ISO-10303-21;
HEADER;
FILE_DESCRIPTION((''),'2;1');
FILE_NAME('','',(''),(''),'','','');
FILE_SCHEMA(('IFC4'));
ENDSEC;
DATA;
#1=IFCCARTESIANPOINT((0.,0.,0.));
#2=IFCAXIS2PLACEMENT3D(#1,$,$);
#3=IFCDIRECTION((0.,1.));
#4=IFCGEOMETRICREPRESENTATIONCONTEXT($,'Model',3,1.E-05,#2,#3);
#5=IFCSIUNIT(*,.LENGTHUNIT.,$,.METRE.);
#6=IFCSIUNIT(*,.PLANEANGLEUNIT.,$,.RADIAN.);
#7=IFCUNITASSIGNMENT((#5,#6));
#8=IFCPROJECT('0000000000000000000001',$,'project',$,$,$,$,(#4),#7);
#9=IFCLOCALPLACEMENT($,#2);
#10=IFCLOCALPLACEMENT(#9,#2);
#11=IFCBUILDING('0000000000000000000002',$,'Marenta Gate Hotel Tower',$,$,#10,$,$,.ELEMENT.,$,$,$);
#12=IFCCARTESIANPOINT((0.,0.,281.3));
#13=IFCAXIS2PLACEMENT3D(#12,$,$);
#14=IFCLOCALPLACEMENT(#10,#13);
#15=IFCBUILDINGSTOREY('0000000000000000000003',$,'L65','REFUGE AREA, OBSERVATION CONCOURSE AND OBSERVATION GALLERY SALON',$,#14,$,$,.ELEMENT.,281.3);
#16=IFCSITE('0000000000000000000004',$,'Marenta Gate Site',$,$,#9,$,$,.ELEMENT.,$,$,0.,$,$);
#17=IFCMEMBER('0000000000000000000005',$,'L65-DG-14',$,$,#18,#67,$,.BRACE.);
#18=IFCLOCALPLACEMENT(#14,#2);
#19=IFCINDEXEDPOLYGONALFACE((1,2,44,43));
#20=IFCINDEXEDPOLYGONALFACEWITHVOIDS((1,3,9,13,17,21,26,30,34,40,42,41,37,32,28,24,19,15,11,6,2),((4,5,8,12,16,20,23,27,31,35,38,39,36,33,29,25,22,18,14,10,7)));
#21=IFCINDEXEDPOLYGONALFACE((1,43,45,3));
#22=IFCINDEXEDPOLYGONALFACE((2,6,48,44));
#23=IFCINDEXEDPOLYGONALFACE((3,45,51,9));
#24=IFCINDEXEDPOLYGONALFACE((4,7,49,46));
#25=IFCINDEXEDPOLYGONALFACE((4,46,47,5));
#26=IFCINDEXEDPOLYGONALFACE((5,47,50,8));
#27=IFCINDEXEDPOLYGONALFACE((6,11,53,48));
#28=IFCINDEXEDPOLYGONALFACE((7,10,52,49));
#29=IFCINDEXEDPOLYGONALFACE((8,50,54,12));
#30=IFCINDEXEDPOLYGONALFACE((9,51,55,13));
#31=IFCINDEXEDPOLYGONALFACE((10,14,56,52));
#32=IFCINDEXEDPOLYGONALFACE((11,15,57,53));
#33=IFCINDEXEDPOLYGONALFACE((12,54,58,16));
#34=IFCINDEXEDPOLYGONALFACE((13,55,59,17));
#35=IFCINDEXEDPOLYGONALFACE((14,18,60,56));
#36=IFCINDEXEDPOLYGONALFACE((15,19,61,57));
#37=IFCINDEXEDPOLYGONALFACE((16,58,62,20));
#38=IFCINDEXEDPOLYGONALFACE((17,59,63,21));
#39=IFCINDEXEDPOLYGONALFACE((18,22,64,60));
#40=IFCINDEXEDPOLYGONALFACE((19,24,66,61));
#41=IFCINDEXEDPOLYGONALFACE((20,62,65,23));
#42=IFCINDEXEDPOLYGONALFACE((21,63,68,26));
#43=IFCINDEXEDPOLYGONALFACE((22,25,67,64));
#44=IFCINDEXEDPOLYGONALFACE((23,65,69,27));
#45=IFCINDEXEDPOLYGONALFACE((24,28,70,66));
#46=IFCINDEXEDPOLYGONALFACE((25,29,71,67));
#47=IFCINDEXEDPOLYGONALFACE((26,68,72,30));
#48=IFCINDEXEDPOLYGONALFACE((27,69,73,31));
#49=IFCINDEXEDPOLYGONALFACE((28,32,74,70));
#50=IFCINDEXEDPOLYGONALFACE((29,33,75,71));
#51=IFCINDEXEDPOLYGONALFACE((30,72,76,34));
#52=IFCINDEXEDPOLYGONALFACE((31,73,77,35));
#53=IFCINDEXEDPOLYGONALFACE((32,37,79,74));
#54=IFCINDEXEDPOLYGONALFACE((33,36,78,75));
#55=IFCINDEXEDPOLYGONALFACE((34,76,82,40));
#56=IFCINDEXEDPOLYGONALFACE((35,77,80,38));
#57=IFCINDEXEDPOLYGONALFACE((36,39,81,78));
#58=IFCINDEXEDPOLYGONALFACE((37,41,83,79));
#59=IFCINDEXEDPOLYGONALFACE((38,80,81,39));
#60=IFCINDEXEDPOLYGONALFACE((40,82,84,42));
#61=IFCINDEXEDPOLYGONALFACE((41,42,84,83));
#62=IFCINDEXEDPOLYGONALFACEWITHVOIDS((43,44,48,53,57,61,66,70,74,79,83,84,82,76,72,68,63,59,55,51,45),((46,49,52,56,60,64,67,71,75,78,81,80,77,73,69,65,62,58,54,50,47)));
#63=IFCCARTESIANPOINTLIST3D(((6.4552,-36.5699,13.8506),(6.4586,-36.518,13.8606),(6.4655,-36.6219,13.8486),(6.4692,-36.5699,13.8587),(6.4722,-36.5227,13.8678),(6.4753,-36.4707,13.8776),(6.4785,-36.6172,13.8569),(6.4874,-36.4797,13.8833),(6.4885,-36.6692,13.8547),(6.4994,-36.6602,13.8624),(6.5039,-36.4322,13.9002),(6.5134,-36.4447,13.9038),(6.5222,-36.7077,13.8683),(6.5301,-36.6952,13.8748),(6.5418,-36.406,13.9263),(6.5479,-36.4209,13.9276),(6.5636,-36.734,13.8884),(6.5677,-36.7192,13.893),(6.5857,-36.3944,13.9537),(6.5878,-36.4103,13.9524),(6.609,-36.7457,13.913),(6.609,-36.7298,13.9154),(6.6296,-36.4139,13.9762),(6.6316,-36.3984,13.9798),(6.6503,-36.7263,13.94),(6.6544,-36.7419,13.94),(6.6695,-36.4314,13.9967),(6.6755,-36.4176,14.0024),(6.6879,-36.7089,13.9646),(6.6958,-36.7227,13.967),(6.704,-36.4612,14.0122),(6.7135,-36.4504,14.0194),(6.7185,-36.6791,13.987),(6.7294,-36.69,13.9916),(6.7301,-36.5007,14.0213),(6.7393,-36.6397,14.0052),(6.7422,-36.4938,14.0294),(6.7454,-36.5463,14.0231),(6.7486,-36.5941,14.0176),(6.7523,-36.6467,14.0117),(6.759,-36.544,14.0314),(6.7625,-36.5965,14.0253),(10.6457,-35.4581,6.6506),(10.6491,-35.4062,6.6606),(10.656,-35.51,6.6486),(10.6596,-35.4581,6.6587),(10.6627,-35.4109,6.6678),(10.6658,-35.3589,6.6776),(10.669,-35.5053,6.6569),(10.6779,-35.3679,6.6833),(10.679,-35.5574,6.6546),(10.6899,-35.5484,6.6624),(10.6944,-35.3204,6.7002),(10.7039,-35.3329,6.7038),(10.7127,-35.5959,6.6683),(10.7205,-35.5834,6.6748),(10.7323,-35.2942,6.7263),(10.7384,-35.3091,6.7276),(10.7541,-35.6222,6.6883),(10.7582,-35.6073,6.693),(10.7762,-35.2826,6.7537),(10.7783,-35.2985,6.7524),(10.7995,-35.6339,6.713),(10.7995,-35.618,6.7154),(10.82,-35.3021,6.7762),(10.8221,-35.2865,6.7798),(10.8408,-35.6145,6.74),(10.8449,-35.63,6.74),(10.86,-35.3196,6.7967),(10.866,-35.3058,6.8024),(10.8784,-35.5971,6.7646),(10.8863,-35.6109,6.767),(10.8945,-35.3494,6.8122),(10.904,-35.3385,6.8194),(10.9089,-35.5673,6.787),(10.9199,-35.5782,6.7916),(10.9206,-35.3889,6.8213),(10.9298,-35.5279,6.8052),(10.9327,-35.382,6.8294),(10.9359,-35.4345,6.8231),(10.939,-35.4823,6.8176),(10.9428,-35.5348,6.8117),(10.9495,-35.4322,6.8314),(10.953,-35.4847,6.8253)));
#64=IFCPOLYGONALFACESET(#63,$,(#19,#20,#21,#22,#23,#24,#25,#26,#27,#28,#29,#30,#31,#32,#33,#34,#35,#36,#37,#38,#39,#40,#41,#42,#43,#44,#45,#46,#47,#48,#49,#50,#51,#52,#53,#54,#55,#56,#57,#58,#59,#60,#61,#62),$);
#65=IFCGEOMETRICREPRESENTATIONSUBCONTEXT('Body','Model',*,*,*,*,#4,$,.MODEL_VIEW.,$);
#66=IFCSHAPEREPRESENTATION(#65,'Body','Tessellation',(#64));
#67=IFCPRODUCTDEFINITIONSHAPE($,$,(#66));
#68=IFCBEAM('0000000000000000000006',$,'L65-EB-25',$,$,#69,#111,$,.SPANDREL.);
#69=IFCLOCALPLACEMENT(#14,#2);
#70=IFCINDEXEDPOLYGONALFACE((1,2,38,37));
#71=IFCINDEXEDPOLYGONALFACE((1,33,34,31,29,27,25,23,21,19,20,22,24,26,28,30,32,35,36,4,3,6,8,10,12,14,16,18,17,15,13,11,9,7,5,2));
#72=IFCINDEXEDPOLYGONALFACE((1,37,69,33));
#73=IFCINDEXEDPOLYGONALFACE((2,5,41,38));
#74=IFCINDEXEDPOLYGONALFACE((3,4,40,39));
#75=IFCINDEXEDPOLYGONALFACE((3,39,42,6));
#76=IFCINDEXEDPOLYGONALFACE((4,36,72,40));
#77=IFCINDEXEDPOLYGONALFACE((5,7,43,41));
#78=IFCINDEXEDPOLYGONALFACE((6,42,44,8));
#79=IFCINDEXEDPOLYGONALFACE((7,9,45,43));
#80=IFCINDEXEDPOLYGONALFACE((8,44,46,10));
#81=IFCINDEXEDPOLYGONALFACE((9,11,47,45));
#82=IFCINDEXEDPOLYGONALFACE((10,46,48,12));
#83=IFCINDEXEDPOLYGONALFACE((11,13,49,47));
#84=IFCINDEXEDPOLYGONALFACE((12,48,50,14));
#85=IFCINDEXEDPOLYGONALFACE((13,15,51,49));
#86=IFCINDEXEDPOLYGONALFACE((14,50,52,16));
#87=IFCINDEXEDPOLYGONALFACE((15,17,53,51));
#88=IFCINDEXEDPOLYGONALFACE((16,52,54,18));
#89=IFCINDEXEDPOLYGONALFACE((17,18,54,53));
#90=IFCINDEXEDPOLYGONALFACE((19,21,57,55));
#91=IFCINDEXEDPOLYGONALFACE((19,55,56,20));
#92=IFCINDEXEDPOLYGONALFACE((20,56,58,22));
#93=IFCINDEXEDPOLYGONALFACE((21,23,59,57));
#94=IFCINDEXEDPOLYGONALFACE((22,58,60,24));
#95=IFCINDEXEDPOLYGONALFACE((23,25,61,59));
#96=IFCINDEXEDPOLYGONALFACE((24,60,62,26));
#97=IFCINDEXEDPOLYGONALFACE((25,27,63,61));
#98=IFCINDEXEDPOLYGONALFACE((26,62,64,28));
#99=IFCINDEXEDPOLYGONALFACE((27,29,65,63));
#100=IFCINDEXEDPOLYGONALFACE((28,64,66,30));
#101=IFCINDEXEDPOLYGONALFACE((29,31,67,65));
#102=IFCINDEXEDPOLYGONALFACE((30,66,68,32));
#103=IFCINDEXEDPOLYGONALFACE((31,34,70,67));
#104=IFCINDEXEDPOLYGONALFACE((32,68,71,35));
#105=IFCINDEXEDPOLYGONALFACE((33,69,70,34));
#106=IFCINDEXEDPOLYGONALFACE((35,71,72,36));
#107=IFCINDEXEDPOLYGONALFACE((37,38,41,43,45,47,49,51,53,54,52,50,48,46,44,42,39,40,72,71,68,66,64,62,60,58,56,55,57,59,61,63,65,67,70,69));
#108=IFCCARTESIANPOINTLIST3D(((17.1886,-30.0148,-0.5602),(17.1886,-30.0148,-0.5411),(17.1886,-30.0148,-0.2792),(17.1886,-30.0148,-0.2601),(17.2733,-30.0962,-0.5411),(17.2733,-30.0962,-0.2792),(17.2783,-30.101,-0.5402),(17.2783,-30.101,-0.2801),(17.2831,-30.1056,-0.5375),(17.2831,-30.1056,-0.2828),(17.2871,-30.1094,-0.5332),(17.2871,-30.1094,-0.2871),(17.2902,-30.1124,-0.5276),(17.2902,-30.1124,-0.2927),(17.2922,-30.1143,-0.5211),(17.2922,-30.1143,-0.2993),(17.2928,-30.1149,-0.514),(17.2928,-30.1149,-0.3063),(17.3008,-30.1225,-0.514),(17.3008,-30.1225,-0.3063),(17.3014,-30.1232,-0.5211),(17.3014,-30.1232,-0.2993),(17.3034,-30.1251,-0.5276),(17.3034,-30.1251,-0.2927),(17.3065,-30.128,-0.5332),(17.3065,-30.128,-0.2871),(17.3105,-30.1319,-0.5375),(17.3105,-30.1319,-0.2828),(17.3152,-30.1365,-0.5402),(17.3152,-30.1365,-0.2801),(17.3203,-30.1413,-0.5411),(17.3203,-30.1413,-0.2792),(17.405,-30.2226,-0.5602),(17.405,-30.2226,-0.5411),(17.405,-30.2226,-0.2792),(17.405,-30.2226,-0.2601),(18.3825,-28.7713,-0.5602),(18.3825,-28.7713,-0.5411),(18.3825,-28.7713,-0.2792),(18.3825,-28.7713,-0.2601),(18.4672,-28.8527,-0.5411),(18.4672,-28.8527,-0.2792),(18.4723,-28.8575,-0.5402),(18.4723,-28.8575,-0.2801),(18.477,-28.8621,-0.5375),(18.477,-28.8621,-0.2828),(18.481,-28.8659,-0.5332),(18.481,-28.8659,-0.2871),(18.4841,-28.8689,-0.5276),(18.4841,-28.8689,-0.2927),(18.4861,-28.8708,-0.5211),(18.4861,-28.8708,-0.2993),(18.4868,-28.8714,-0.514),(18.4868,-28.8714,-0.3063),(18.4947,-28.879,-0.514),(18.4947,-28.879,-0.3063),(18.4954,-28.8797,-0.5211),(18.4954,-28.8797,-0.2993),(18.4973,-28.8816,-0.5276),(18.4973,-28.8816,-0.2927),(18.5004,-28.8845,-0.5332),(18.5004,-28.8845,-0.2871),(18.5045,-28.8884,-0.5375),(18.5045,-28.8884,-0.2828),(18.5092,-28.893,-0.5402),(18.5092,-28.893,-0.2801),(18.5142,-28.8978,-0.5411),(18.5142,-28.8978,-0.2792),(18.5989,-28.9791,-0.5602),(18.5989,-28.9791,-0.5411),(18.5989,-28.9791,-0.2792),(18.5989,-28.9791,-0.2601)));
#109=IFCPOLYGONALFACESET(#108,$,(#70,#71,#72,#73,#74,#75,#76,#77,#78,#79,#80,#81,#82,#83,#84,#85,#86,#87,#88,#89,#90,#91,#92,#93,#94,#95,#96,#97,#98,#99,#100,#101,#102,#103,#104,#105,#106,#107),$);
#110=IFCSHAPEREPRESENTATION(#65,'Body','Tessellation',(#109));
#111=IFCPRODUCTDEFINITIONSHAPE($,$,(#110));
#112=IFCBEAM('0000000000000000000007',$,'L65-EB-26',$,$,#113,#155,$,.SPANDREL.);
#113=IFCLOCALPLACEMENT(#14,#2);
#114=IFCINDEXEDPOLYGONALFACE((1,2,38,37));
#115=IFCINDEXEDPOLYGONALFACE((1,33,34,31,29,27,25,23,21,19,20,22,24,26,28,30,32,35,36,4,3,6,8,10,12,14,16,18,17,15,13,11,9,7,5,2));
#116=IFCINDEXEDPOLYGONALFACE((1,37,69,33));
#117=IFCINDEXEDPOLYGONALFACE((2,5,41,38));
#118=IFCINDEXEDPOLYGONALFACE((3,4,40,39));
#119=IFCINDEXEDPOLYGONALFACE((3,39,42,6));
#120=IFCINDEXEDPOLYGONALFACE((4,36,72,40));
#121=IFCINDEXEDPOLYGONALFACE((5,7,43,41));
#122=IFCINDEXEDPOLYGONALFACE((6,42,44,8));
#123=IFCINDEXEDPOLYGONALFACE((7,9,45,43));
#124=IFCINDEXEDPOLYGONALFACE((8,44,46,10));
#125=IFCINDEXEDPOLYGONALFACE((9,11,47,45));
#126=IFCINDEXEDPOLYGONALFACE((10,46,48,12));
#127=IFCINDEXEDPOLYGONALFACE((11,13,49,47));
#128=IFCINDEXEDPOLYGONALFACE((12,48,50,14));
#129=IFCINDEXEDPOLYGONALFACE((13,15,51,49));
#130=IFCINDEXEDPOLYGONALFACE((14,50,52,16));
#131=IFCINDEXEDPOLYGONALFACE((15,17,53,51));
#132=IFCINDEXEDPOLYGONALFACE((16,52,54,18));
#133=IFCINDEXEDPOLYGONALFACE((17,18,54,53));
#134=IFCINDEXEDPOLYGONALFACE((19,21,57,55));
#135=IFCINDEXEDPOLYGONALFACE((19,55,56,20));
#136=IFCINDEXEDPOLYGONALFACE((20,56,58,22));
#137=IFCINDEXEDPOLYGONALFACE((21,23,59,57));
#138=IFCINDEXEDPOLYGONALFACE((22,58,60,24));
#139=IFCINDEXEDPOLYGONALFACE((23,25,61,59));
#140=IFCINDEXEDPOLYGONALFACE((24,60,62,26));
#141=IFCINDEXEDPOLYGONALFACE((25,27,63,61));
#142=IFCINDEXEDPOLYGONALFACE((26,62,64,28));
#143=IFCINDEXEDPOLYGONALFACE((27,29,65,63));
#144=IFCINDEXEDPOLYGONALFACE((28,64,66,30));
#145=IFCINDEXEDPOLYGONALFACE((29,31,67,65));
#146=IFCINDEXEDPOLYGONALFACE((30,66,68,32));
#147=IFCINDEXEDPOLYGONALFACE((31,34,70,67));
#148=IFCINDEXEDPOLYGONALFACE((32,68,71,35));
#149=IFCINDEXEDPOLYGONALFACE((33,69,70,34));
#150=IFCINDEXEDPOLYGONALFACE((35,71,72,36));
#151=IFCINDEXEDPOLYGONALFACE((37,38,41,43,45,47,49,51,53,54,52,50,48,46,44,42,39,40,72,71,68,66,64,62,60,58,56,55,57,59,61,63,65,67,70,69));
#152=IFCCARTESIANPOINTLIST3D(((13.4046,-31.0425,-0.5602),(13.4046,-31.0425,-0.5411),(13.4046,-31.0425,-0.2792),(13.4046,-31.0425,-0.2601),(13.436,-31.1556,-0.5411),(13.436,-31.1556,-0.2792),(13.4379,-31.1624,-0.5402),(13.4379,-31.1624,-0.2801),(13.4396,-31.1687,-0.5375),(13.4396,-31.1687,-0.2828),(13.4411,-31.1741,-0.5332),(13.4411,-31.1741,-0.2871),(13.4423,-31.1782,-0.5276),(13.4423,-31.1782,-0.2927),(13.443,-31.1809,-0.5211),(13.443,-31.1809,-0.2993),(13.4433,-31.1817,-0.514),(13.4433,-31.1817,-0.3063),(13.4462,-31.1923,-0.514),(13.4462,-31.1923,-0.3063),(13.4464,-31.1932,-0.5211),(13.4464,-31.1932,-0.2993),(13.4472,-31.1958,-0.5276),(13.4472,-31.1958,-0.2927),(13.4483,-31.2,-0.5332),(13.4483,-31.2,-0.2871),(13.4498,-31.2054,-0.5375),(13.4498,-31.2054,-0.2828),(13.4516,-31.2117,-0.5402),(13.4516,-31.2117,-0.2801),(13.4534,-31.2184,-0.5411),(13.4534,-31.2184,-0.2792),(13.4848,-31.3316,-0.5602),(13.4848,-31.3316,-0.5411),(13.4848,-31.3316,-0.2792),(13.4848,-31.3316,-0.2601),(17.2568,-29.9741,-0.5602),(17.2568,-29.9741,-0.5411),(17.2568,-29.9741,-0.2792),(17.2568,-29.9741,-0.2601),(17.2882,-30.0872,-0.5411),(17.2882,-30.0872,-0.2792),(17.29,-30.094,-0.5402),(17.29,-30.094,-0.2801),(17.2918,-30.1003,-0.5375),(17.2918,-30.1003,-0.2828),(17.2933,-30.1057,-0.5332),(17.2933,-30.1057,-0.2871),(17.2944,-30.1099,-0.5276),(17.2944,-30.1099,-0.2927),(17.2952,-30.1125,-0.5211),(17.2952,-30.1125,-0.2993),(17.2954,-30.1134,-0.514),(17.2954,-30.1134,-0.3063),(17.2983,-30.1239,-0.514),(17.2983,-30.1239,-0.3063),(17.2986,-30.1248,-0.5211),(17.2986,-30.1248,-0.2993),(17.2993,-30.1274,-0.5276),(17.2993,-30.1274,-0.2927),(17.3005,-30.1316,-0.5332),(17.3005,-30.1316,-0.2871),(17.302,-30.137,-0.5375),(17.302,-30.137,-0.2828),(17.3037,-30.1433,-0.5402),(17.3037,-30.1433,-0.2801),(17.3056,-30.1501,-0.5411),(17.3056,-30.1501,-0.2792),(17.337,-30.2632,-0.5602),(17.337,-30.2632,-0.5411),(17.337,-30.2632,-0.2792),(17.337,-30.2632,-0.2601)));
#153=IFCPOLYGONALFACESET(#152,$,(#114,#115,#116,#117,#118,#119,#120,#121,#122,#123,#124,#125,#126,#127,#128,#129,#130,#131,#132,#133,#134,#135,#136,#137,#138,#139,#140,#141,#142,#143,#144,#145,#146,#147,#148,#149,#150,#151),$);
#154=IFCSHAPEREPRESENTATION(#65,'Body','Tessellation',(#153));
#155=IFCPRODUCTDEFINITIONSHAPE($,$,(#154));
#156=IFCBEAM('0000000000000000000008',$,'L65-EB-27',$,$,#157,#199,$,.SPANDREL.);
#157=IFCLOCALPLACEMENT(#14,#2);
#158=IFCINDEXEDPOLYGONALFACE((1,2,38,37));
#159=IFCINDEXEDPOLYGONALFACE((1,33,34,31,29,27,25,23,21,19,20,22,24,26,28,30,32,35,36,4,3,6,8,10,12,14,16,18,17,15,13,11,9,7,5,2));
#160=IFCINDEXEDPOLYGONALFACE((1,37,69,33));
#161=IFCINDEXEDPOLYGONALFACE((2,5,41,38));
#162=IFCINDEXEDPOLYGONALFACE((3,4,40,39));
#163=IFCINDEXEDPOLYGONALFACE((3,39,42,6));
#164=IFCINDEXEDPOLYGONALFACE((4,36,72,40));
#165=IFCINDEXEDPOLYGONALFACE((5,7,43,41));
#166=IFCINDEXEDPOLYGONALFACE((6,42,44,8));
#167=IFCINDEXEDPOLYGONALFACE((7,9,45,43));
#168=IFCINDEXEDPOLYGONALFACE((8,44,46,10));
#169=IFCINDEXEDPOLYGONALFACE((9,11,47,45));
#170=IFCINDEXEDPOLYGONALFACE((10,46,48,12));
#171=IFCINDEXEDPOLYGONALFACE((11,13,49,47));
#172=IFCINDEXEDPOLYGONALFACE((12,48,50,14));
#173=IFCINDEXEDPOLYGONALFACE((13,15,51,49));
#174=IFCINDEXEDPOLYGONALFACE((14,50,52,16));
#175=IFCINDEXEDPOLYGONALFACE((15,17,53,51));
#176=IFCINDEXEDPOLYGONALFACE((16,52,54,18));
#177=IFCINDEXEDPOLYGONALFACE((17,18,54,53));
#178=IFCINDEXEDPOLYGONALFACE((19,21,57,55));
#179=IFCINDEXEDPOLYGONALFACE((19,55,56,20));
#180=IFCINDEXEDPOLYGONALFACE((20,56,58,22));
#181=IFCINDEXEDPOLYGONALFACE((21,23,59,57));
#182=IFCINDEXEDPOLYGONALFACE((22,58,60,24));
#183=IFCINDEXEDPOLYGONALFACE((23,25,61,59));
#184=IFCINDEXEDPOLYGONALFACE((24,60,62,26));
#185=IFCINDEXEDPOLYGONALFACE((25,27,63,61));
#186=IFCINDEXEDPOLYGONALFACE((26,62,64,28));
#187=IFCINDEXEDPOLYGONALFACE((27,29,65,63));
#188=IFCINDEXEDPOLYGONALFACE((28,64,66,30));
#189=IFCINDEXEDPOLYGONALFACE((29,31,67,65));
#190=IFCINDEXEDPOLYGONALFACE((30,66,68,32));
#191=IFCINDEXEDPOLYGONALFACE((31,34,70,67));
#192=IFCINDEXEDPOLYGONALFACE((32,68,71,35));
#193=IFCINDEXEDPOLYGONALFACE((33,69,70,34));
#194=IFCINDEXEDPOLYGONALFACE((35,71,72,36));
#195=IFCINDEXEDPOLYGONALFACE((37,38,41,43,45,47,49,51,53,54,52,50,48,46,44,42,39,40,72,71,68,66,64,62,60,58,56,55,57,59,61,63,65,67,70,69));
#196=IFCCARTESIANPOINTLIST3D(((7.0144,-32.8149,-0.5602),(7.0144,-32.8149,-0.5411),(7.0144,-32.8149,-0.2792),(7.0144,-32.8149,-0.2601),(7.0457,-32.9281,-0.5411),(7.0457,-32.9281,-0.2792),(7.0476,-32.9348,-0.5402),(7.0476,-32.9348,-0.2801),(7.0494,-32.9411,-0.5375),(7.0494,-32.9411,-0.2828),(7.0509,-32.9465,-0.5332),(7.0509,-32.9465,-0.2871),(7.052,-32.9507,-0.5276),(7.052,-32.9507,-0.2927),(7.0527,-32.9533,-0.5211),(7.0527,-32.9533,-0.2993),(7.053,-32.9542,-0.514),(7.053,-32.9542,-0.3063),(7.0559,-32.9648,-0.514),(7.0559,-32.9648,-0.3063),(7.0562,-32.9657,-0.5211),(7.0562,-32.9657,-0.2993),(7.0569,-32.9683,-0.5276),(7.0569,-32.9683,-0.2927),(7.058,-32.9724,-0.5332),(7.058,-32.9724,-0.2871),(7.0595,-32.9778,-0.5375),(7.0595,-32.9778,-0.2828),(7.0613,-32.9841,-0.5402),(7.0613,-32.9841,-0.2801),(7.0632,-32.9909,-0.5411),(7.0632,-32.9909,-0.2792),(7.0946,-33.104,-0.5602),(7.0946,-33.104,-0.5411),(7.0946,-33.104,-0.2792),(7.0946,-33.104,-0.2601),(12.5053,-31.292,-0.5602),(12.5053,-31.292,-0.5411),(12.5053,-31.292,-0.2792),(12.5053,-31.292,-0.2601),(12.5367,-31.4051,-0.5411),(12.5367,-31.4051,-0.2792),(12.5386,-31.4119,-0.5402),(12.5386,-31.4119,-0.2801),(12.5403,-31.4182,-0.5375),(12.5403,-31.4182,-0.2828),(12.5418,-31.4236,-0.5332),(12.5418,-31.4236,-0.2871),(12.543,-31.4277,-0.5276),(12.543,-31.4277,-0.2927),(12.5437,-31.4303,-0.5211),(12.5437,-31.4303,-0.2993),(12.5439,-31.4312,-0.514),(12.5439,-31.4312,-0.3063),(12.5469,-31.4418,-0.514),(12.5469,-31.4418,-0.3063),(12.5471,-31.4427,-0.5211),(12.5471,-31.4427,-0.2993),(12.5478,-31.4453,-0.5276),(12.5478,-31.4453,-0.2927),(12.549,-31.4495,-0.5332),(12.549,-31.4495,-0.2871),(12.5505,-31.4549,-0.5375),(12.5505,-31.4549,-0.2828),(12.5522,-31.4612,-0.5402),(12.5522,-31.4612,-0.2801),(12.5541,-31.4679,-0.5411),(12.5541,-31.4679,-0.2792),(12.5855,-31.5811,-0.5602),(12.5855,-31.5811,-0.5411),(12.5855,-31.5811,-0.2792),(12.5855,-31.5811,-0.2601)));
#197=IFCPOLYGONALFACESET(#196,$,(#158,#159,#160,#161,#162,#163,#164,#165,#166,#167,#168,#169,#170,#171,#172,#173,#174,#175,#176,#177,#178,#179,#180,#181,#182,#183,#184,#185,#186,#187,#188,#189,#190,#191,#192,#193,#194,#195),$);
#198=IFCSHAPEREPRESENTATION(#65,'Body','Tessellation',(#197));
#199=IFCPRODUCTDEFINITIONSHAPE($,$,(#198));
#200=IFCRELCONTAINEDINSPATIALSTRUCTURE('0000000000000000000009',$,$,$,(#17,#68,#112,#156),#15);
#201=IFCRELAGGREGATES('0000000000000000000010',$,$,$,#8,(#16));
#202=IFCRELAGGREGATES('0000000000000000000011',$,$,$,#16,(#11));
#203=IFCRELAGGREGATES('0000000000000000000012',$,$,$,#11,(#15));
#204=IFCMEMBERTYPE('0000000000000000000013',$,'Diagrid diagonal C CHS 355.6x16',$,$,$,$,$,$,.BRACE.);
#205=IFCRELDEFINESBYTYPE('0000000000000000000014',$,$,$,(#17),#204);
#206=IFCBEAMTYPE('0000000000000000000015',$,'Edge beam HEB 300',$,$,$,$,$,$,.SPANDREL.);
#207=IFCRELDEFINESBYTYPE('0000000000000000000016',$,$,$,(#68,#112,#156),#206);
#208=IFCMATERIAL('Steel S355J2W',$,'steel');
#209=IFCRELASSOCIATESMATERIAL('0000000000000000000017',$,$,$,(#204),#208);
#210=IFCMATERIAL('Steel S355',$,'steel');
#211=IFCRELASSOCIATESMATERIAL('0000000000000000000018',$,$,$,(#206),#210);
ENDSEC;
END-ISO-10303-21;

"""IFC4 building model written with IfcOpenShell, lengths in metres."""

from ifc_helpers import new_model, si_unit, direction, frame, origin, origin_2d, place, context, subcontext, project, spatial, hollow_circle, i_section, extrude, material, material_profile, profile_set, type_object, element, save


model = new_model("IFC4")

# Units and contexts
model_context = context("Model", 3, precision=1e-05, world=origin(), true_north=direction((0.0, 1.0)))
body_context = subcontext(model_context, "Body", "Model", "MODEL_VIEW")
ifc_project = project(units=[si_unit("LENGTHUNIT", "METRE"), si_unit("PLANEANGLEUNIT", "RADIAN")], contexts=[model_context])

# Site, building, storey
site_placement = place(None, origin())
site = spatial("IfcSite", under=ifc_project, at=site_placement, Name="Marenta Gate Site", CompositionType="ELEMENT", RefElevation=0.0)
building_placement = place(site_placement, origin())
building = spatial("IfcBuilding", under=site, at=building_placement, Name="Marenta Gate Hotel Tower", CompositionType="ELEMENT")
storey_placement = place(building_placement, frame((0.0, 0.0, 281.3)))
storey = spatial("IfcBuildingStorey", under=building, at=storey_placement, Name="L65", Description="REFUGE AREA, OBSERVATION CONCOURSE AND OBSERVATION GALLERY SALON", CompositionType="ELEMENT", Elevation=281.3)

# Member
ifc_material_1 = material(Name="Steel S355J2W", Category="steel")
ifc_material_profile_1 = material_profile(ifc_material_1, hollow_circle(Radius=0.1777, WallThickness=0.0161, at=origin_2d()), Name="CHS 355.6x16")
ifc_profile_set_1 = profile_set([ifc_material_profile_1], Name="Steel S355J2W")
member_type_1 = type_object("IfcMemberType", Name="Diagrid diagonal C CHS 355.6x16", PredefinedType="BRACE", material=ifc_profile_set_1)
member_1_placement = place(storey_placement, frame((10.7993, -35.4583, 6.74), z_axis=(-0.498595, -0.132289, 0.856681), x_axis=(0.25645, -0.966558, 0.0)))
element("IfcMember", 1, at=member_1_placement, inside=storey, type_object=member_type_1, Name="L65-DG-14", PredefinedType="BRACE", context=body_context, shape_type="SweptSolid", body=[
    extrude(hollow_circle(Radius=0.1777, WallThickness=0.0161, at=origin_2d()), origin(), (0.0, 0.0, 1.0), 8.4045),
])

# Beams
ifc_material_2 = material(Name="Steel S355", Category="steel")
ifc_material_profile_2 = material_profile(ifc_material_2, i_section(OverallWidth=0.3, OverallDepth=0.3, WebThickness=0.011, FlangeThickness=0.019, FilletRadius=0.0271, at=origin_2d()), Name="HEB 300")
ifc_profile_set_2 = profile_set([ifc_material_profile_2], Name="Steel S355")
beam_type = type_object("IfcBeamType", Name="Edge beam HEB 300", PredefinedType="SPANDREL", material=ifc_profile_set_2)
beam_1_placement = place(storey_placement, frame((18.4907, -28.8752, -0.4102), z_axis=(-0.692585, -0.721336, 0.0), x_axis=(0.721336, -0.692585, 0.0)))
element("IfcBeam", 2, at=beam_1_placement, inside=storey, type_object=beam_type, Name="L65-EB-25", PredefinedType="SPANDREL", context=body_context, shape_type="SweptSolid", body=[
    extrude(i_section(OverallWidth=0.3, OverallDepth=0.3, WebThickness=0.011, FlangeThickness=0.019, FilletRadius=0.0271, at=origin_2d()), origin(), (0.0, 0.0, 1.0), 1.7239),
])
beam_2_placement = place(storey_placement, frame((17.2969, -30.1187, -0.4102), z_axis=(-0.963625, -0.26726, 0.0), x_axis=(0.26726, -0.963625, 0.0)))
element("IfcBeam", 3, at=beam_2_placement, inside=storey, type_object=beam_type, Name="L65-EB-26", PredefinedType="SPANDREL", context=body_context, shape_type="SweptSolid", body=[
    extrude(i_section(OverallWidth=0.3, OverallDepth=0.3, WebThickness=0.011, FlangeThickness=0.019, FilletRadius=0.0271, at=origin_2d()), origin(), (0.0, 0.0, 1.0), 3.9976),
])
beam_3_placement = place(storey_placement, frame((12.5454, -31.4365, -0.4102), z_axis=(-0.963623, -0.267266, 0.0), x_axis=(0.267266, -0.963623, 0.0)))
element("IfcBeam", 4, at=beam_3_placement, inside=storey, type_object=beam_type, Name="L65-EB-27", PredefinedType="SPANDREL", context=body_context, shape_type="SweptSolid", body=[
    extrude(i_section(OverallWidth=0.3, OverallDepth=0.3, WebThickness=0.011, FlangeThickness=0.019, FilletRadius=0.0271, at=origin_2d()), origin(), (0.0, 0.0, 1.0), 5.6982),
])

save(model, "model.ifc")
